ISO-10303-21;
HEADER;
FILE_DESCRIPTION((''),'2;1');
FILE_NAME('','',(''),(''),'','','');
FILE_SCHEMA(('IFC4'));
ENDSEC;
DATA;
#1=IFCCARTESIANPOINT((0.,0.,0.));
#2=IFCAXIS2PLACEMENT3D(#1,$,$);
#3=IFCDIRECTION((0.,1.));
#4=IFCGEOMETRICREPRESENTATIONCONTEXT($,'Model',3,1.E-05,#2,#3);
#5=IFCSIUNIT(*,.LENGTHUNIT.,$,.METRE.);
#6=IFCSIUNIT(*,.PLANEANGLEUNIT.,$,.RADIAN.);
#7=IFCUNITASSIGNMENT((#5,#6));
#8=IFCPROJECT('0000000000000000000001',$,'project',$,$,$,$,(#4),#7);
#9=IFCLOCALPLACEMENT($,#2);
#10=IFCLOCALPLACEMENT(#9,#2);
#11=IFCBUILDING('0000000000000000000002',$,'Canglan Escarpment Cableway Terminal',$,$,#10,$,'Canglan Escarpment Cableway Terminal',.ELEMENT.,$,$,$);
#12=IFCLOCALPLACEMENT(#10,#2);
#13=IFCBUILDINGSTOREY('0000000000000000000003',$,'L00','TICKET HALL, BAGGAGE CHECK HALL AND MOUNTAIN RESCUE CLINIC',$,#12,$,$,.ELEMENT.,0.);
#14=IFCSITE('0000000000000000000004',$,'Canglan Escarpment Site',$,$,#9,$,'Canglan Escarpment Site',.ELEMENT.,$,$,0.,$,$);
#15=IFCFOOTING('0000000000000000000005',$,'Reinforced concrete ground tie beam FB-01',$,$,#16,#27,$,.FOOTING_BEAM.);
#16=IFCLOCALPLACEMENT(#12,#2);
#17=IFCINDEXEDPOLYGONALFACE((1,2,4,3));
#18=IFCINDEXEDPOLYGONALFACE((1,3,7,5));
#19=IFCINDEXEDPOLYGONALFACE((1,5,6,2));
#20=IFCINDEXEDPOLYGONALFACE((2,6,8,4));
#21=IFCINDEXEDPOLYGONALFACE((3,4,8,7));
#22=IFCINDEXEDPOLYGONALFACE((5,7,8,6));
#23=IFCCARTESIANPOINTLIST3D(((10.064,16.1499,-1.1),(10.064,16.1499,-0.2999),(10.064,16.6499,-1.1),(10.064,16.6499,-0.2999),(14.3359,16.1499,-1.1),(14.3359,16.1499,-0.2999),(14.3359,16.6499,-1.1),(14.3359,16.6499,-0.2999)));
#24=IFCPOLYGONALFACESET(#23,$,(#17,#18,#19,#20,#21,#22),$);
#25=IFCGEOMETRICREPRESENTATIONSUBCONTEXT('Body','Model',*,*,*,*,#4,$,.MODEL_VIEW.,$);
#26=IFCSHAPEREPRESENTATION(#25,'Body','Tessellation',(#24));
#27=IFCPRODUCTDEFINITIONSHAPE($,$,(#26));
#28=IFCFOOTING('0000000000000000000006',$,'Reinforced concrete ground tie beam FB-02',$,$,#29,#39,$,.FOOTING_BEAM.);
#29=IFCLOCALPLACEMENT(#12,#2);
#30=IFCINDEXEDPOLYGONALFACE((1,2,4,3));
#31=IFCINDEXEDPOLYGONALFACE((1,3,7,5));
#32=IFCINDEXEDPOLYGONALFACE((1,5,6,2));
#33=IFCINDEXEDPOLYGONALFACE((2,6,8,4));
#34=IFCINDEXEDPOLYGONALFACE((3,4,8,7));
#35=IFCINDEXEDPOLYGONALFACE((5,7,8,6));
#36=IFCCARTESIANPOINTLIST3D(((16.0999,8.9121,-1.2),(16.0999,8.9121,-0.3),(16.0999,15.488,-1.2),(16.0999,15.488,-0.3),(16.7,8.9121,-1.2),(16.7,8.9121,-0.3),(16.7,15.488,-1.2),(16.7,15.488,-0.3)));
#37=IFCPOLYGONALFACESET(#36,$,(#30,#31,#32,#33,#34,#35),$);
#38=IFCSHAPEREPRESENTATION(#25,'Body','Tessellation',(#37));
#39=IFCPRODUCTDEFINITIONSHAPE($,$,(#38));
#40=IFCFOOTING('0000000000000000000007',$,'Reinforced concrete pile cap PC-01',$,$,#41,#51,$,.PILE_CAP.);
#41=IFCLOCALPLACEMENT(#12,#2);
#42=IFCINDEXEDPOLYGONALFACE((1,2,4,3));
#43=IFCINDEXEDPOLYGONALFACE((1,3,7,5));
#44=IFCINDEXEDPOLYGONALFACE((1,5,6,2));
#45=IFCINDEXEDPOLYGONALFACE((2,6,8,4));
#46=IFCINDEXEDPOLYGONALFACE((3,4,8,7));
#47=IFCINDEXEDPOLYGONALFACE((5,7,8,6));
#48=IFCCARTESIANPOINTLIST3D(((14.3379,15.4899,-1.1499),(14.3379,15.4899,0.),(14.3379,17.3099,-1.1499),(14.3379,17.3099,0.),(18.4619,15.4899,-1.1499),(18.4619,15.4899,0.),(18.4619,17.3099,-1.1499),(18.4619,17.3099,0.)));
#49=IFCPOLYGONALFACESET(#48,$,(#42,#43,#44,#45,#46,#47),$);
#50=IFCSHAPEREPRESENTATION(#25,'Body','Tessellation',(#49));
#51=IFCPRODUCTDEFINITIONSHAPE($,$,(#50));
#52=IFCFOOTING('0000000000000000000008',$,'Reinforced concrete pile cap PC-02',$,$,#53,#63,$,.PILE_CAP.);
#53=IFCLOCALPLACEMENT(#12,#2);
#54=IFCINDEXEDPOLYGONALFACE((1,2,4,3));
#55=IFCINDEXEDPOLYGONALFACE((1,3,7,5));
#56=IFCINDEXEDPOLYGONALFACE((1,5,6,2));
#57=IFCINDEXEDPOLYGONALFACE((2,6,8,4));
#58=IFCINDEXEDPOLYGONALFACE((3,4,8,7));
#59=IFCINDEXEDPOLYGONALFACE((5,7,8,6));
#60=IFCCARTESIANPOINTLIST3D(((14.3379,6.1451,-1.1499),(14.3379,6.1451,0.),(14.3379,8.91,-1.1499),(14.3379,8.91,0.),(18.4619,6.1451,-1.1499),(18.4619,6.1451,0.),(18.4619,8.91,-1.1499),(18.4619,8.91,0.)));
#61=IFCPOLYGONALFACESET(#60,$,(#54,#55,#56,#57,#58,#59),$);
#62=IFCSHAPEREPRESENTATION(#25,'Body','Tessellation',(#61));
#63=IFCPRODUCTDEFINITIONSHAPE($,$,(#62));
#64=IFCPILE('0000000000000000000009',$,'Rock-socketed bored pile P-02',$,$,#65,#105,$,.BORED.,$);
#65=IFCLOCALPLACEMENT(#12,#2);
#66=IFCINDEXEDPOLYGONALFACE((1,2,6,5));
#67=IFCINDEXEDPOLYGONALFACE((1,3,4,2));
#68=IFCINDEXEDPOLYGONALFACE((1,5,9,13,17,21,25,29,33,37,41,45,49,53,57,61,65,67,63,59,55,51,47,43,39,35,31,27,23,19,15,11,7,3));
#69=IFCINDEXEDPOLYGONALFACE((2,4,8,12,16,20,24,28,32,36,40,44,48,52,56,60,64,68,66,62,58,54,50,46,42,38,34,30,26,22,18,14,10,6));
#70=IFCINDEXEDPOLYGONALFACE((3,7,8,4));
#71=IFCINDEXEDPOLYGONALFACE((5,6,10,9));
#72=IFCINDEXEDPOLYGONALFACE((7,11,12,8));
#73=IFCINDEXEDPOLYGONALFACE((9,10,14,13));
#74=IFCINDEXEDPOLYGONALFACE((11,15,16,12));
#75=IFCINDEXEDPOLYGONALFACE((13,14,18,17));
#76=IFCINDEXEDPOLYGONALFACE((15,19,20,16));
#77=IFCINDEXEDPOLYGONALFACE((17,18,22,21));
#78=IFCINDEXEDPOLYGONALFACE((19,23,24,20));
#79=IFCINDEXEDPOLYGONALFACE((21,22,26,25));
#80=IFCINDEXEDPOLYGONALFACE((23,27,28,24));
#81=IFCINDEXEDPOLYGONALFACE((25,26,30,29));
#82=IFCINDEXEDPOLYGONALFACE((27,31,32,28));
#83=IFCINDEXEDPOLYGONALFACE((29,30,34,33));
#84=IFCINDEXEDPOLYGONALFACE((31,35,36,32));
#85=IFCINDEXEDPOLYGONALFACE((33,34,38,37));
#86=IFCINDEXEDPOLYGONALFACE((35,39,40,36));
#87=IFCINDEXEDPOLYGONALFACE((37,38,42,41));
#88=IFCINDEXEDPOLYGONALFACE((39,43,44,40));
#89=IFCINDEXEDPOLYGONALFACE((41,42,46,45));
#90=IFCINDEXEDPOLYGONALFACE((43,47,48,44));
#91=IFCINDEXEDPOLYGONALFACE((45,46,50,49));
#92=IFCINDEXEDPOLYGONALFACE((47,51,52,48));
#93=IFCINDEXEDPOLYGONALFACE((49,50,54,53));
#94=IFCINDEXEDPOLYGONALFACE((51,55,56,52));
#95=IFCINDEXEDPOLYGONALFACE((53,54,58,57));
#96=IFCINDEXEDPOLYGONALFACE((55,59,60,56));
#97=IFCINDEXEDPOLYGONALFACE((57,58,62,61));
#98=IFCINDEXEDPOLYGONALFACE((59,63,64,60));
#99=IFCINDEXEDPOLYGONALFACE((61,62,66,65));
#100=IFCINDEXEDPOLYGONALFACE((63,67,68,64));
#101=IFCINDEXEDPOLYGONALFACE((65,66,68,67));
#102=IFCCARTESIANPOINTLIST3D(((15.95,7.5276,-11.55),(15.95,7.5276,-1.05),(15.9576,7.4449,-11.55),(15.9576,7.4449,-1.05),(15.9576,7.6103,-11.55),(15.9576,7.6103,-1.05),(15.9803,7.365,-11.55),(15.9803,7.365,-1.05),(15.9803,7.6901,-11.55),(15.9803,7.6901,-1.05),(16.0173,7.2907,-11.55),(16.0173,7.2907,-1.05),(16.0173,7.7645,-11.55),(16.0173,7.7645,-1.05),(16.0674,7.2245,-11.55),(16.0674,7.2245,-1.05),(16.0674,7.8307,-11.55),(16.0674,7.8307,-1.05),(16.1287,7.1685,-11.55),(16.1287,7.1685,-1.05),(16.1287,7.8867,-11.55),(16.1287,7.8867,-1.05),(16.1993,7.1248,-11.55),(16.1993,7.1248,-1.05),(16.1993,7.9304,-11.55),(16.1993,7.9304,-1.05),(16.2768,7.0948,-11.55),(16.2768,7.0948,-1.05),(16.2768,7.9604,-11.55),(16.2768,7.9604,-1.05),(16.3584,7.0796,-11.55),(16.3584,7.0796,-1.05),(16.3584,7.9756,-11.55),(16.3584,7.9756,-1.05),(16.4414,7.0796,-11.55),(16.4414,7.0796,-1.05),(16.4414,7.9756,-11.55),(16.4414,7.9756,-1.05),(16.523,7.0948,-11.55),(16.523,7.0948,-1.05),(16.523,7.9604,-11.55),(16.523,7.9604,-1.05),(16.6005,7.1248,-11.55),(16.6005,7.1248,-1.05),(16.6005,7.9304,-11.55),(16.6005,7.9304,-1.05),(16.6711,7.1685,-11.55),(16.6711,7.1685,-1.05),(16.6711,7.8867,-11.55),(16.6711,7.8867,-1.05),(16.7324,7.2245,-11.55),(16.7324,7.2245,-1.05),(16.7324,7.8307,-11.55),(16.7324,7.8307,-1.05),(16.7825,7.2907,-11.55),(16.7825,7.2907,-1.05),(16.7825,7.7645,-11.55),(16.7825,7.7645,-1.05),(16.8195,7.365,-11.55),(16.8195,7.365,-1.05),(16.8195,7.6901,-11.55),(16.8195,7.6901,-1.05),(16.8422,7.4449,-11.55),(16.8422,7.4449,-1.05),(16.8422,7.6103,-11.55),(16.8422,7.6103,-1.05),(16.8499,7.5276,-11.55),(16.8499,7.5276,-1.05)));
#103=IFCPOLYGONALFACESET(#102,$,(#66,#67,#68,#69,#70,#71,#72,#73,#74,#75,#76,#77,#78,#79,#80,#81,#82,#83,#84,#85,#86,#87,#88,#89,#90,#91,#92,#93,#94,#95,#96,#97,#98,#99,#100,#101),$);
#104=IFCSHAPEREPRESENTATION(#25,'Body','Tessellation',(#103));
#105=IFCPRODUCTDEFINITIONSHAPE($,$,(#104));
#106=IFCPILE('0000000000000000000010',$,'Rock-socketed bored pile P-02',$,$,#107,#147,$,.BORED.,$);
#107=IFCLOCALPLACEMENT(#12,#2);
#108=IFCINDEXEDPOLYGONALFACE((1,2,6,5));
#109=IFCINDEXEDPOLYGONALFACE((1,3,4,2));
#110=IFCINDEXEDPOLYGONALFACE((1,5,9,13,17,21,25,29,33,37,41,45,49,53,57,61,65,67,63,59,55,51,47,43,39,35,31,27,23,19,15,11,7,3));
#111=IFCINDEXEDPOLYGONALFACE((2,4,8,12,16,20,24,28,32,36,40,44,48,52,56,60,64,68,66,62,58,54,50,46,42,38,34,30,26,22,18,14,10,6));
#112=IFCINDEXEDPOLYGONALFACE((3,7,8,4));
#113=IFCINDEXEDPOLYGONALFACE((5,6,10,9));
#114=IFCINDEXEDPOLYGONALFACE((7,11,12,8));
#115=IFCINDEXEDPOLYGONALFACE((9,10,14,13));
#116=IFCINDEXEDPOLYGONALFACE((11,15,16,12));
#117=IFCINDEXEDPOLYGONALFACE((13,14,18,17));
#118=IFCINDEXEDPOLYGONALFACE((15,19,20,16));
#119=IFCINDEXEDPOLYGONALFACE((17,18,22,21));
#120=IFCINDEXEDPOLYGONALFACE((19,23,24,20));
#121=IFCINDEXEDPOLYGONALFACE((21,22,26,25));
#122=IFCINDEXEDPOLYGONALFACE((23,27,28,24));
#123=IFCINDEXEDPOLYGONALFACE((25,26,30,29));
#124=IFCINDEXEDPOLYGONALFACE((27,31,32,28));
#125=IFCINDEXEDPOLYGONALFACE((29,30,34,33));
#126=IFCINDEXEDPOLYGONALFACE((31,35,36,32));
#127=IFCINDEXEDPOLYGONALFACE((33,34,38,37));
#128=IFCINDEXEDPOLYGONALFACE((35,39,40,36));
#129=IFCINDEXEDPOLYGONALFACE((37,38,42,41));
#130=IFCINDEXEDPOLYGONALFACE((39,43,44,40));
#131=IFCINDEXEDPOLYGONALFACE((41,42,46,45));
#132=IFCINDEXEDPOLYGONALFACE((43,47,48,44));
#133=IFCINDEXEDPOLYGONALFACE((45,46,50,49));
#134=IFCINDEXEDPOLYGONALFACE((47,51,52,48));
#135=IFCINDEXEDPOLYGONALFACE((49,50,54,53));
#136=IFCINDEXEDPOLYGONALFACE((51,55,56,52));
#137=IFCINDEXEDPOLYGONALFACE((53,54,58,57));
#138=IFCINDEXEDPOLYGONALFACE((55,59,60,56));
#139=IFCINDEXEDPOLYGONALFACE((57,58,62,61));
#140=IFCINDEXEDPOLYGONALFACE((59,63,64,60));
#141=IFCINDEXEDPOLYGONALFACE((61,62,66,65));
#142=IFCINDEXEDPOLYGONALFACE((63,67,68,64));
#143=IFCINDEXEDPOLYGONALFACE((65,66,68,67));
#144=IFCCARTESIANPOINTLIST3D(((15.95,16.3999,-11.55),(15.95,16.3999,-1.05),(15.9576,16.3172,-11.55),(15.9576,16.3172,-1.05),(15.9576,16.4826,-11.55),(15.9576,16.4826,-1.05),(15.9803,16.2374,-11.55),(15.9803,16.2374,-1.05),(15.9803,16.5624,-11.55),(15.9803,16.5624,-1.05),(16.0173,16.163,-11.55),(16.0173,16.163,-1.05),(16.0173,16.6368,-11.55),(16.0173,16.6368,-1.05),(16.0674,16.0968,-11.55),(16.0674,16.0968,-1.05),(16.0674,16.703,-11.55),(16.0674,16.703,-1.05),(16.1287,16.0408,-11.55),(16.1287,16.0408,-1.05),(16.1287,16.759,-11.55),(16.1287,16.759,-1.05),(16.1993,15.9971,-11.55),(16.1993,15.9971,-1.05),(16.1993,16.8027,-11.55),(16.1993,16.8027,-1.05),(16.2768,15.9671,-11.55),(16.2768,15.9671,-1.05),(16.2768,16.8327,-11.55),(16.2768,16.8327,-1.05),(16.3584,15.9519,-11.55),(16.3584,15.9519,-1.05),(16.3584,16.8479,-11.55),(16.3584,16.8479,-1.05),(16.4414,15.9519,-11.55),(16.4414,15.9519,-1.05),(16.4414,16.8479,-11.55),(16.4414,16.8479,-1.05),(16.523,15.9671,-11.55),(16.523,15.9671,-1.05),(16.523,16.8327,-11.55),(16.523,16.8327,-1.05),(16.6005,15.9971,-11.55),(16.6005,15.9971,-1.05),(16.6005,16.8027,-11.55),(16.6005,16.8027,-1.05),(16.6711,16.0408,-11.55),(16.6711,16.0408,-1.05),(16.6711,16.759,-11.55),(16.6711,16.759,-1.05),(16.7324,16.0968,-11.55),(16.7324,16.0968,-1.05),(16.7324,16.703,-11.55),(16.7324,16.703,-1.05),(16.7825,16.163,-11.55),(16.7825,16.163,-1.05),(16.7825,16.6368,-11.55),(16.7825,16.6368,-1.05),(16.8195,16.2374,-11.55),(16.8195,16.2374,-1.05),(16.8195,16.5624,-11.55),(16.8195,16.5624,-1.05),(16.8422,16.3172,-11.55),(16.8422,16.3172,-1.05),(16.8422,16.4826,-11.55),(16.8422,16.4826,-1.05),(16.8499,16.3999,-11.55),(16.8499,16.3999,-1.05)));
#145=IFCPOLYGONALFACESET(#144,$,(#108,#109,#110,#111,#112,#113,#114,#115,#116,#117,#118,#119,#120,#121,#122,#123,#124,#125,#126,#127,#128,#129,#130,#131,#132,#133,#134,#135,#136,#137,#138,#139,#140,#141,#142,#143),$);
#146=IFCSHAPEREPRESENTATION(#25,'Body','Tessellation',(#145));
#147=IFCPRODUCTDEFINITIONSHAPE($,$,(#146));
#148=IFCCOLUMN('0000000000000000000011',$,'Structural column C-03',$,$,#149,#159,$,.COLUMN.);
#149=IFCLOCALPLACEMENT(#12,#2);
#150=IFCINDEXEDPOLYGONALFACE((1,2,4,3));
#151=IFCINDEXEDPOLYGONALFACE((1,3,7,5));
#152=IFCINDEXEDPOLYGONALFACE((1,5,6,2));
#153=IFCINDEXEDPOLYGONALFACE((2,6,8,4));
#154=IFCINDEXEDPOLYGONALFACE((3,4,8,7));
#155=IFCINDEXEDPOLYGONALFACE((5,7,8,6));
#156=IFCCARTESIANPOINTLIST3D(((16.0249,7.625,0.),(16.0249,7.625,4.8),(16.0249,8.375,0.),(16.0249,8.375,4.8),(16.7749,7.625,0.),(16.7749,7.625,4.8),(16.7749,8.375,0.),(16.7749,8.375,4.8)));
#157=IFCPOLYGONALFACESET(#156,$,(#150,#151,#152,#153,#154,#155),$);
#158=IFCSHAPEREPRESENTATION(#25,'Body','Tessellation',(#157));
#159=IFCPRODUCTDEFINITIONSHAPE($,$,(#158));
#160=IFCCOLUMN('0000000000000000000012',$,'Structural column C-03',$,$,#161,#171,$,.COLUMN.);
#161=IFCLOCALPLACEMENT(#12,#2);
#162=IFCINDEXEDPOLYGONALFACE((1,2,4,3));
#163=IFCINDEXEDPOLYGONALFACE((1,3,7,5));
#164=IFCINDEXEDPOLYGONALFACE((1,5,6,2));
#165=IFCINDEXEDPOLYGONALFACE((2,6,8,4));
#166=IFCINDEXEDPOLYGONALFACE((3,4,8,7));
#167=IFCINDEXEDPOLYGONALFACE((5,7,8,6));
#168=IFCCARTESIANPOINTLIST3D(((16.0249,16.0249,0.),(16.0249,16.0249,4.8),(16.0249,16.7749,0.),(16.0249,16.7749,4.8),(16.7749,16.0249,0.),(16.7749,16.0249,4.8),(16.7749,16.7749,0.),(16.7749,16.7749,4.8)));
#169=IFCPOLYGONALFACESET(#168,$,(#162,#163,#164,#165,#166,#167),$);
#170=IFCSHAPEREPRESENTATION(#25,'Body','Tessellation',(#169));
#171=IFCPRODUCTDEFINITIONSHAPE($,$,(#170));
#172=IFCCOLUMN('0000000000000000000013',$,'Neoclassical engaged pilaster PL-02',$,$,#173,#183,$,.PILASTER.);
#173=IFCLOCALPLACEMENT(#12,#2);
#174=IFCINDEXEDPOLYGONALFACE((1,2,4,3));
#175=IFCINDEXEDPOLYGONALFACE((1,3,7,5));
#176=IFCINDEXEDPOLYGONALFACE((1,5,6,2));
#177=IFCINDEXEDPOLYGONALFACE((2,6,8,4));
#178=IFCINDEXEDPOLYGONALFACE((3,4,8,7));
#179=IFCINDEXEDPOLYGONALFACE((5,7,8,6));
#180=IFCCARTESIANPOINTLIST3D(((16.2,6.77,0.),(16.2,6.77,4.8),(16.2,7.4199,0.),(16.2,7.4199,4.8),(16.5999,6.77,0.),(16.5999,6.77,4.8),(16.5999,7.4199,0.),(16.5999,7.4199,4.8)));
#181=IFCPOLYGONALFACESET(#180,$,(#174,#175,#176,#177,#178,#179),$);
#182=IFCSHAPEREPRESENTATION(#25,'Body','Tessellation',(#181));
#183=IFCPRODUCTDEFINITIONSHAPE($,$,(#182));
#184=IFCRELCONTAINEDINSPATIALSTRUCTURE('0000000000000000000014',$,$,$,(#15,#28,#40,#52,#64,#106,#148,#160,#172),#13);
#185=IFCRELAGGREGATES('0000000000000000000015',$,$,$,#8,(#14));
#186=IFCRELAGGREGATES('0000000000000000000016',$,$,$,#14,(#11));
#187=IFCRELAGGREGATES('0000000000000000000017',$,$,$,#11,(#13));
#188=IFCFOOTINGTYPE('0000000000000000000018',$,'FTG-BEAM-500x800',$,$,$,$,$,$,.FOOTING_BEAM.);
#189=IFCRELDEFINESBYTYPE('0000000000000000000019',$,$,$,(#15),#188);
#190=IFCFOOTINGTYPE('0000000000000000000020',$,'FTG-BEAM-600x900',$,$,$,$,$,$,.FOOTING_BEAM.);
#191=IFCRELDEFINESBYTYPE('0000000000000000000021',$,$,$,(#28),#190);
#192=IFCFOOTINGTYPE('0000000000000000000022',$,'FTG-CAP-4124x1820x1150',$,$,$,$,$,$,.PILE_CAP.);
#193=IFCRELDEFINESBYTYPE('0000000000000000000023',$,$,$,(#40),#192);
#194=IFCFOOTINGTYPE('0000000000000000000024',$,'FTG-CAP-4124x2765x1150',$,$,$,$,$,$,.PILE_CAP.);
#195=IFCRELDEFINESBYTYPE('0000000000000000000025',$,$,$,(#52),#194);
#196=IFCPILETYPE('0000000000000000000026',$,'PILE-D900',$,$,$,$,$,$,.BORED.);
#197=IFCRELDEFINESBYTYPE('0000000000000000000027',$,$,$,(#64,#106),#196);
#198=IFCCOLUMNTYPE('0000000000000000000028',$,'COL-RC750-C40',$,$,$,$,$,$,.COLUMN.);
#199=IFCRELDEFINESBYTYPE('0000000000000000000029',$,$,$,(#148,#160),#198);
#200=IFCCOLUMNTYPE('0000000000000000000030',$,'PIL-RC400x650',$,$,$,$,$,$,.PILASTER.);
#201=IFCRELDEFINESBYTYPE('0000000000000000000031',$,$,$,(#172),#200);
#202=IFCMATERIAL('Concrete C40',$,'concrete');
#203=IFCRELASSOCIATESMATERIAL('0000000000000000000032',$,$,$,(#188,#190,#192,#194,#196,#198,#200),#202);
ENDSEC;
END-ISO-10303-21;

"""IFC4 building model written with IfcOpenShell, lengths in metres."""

from ifc_helpers import new_model, si_unit, direction, frame, origin, origin_2d, place, context, subcontext, project, spatial, rectangle, circle, extrude, material, material_profile, profile_set, type_object, element, save


model = new_model("IFC4")

# Units and contexts
model_context = context("Model", 3, precision=1e-05, world=origin(), true_north=direction((0.0, 1.0)))
body_context = subcontext(model_context, "Body", "Model", "MODEL_VIEW")
ifc_project = project(units=[si_unit("LENGTHUNIT", "METRE"), si_unit("PLANEANGLEUNIT", "RADIAN")], contexts=[model_context])

# Site, building, storey
site_placement = place(None, origin())
site = spatial("IfcSite", under=ifc_project, at=site_placement, Name="Canglan Escarpment Site", LongName="Canglan Escarpment Site", CompositionType="ELEMENT", RefElevation=0.0)
building_placement = place(site_placement, origin())
building = spatial("IfcBuilding", under=site, at=building_placement, Name="Canglan Escarpment Cableway Terminal", LongName="Canglan Escarpment Cableway Terminal", CompositionType="ELEMENT")
storey_placement = place(building_placement, origin())
storey = spatial("IfcBuildingStorey", under=building, at=storey_placement, Name="L00", Description="TICKET HALL, BAGGAGE CHECK HALL AND MOUNTAIN RESCUE CLINIC", CompositionType="ELEMENT", Elevation=0.0)

# Footings
ifc_material_1 = material(Name="Concrete C40", Category="concrete")
ifc_material_profile_1 = material_profile(ifc_material_1, rectangle(XDim=0.5, YDim=0.8, at=origin_2d()), Name="FB 500x800")
ifc_profile_set_1 = profile_set([ifc_material_profile_1], Name="Concrete C40")
footing_type_1 = type_object("IfcFootingType", Name="FTG-BEAM-500x800", PredefinedType="FOOTING_BEAM", material=ifc_profile_set_1)
footing_1_placement = place(storey_placement, frame((10.064, 16.3999, -0.7), z_axis=(1.0, 0.0, 0.0), x_axis=(0.0, 1.0, 0.0)))
element("IfcFooting", 1, at=footing_1_placement, inside=storey, type_object=footing_type_1, Name="Reinforced concrete ground tie beam FB-01", PredefinedType="FOOTING_BEAM", context=body_context, shape_type="SweptSolid", body=[
    extrude(rectangle(XDim=0.5, YDim=0.8, at=origin_2d()), origin(), (0.0, 0.0, 1.0), 4.272),
])
ifc_material_profile_2 = material_profile(ifc_material_1, rectangle(XDim=0.6001, YDim=0.8999, at=origin_2d()), Name="FB 600x900")
ifc_profile_set_2 = profile_set([ifc_material_profile_2], Name="Concrete C40")
footing_type_2 = type_object("IfcFootingType", Name="FTG-BEAM-600x900", PredefinedType="FOOTING_BEAM", material=ifc_profile_set_2)
footing_2_placement = place(storey_placement, frame((16.3999, 8.9121, -0.75), z_axis=(0.0, 1.0, 0.0), x_axis=(-1.0, 0.0, 0.0)))
element("IfcFooting", 2, at=footing_2_placement, inside=storey, type_object=footing_type_2, Name="Reinforced concrete ground tie beam FB-02", PredefinedType="FOOTING_BEAM", context=body_context, shape_type="SweptSolid", body=[
    extrude(rectangle(XDim=0.6001, YDim=0.8999, at=origin_2d()), origin(), (0.0, 0.0, 1.0), 6.5759),
])
footing_type_3 = type_object("IfcFootingType", Name="FTG-CAP-4124x1820x1150", PredefinedType="PILE_CAP", material=ifc_material_1)
footing_3_placement = place(storey_placement, frame((16.3999, 16.3999, -1.1499), z_axis=(0.0, 0.0, 1.0), x_axis=(1.0, 0.0, 0.0)))
element("IfcFooting", 3, at=footing_3_placement, inside=storey, type_object=footing_type_3, Name="Reinforced concrete pile cap PC-01", PredefinedType="PILE_CAP", context=body_context, shape_type="SweptSolid", body=[
    extrude(rectangle(XDim=4.124, YDim=1.8201, at=origin_2d()), origin(), (0.0, 0.0, 1.0), 1.1499),
])
footing_type_4 = type_object("IfcFootingType", Name="FTG-CAP-4124x2765x1150", PredefinedType="PILE_CAP", material=ifc_material_1)
footing_4_placement = place(storey_placement, frame((16.3999, 7.5276, -1.1499), z_axis=(0.0, 0.0, 1.0), x_axis=(1.0, 0.0, 0.0)))
element("IfcFooting", 4, at=footing_4_placement, inside=storey, type_object=footing_type_4, Name="Reinforced concrete pile cap PC-02", PredefinedType="PILE_CAP", context=body_context, shape_type="SweptSolid", body=[
    extrude(rectangle(XDim=4.124, YDim=2.7649, at=origin_2d()), origin(), (0.0, 0.0, 1.0), 1.1499),
])

# Piles
ifc_material_profile_3 = material_profile(ifc_material_1, circle(Radius=0.45, at=origin_2d()), Name="BORED PILE D900")
ifc_profile_set_3 = profile_set([ifc_material_profile_3], Name="Concrete C40")
pile_type = type_object("IfcPileType", Name="PILE-D900", PredefinedType="BORED", material=ifc_profile_set_3)
for number, where, z_axis, x_axis, name in (
    (5, (16.3999, 7.5276, -1.05), (0.0, 0.0, -1.0), (1.0, 0.0, 0.0), "Rock-socketed bored pile P-02"),
    (6, (16.3999, 16.3999, -1.05), (0.0, 0.0, -1.0), (1.0, 0.0, 0.0), "Rock-socketed bored pile P-02"),
):
    element("IfcPile", number, at=place(storey_placement, frame(where, z_axis=z_axis, x_axis=x_axis)), inside=storey, type_object=pile_type, Name=name, PredefinedType="BORED", context=body_context, shape_type="SweptSolid", body=[
        extrude(circle(Radius=0.45, at=origin_2d()), origin(), (0.0, 0.0, 1.0), 10.5),
    ])

# Columns
ifc_material_profile_4 = material_profile(ifc_material_1, rectangle(XDim=0.75, YDim=0.75, at=origin_2d()), Name="RC 750x750")
ifc_profile_set_4 = profile_set([ifc_material_profile_4], Name="Concrete C40")
column_type_1 = type_object("IfcColumnType", Name="COL-RC750-C40", PredefinedType="COLUMN", material=ifc_profile_set_4)
for number, where, z_axis, x_axis, name in (
    (7, (16.3999, 8.0, 0.0), (0.0, 0.0, 1.0), (1.0, 0.0, 0.0), "Structural column C-03"),
    (8, (16.3999, 16.3999, 0.0), (0.0, 0.0, 1.0), (1.0, 0.0, 0.0), "Structural column C-03"),
):
    element("IfcColumn", number, at=place(storey_placement, frame(where, z_axis=z_axis, x_axis=x_axis)), inside=storey, type_object=column_type_1, Name=name, PredefinedType="COLUMN", context=body_context, shape_type="SweptSolid", body=[
        extrude(rectangle(XDim=0.75, YDim=0.75, at=origin_2d()), origin(), (0.0, 0.0, 1.0), 4.8),
    ])
ifc_material_profile_5 = material_profile(ifc_material_1, rectangle(XDim=0.3999, YDim=0.6499, at=origin_2d()), Name="RC-PIL 400x650")
ifc_profile_set_5 = profile_set([ifc_material_profile_5], Name="Concrete C40")
column_type_2 = type_object("IfcColumnType", Name="PIL-RC400x650", PredefinedType="PILASTER", material=ifc_profile_set_5)
column_placement = place(storey_placement, frame((16.3999, 7.095, 0.0), z_axis=(0.0, 0.0, 1.0), x_axis=(1.0, 0.0, 0.0)))
element("IfcColumn", 9, at=column_placement, inside=storey, type_object=column_type_2, Name="Neoclassical engaged pilaster PL-02", PredefinedType="PILASTER", context=body_context, shape_type="SweptSolid", body=[
    extrude(rectangle(XDim=0.3999, YDim=0.6499, at=origin_2d()), origin(), (0.0, 0.0, 1.0), 4.8),
])

save(model, "model.ifc")
